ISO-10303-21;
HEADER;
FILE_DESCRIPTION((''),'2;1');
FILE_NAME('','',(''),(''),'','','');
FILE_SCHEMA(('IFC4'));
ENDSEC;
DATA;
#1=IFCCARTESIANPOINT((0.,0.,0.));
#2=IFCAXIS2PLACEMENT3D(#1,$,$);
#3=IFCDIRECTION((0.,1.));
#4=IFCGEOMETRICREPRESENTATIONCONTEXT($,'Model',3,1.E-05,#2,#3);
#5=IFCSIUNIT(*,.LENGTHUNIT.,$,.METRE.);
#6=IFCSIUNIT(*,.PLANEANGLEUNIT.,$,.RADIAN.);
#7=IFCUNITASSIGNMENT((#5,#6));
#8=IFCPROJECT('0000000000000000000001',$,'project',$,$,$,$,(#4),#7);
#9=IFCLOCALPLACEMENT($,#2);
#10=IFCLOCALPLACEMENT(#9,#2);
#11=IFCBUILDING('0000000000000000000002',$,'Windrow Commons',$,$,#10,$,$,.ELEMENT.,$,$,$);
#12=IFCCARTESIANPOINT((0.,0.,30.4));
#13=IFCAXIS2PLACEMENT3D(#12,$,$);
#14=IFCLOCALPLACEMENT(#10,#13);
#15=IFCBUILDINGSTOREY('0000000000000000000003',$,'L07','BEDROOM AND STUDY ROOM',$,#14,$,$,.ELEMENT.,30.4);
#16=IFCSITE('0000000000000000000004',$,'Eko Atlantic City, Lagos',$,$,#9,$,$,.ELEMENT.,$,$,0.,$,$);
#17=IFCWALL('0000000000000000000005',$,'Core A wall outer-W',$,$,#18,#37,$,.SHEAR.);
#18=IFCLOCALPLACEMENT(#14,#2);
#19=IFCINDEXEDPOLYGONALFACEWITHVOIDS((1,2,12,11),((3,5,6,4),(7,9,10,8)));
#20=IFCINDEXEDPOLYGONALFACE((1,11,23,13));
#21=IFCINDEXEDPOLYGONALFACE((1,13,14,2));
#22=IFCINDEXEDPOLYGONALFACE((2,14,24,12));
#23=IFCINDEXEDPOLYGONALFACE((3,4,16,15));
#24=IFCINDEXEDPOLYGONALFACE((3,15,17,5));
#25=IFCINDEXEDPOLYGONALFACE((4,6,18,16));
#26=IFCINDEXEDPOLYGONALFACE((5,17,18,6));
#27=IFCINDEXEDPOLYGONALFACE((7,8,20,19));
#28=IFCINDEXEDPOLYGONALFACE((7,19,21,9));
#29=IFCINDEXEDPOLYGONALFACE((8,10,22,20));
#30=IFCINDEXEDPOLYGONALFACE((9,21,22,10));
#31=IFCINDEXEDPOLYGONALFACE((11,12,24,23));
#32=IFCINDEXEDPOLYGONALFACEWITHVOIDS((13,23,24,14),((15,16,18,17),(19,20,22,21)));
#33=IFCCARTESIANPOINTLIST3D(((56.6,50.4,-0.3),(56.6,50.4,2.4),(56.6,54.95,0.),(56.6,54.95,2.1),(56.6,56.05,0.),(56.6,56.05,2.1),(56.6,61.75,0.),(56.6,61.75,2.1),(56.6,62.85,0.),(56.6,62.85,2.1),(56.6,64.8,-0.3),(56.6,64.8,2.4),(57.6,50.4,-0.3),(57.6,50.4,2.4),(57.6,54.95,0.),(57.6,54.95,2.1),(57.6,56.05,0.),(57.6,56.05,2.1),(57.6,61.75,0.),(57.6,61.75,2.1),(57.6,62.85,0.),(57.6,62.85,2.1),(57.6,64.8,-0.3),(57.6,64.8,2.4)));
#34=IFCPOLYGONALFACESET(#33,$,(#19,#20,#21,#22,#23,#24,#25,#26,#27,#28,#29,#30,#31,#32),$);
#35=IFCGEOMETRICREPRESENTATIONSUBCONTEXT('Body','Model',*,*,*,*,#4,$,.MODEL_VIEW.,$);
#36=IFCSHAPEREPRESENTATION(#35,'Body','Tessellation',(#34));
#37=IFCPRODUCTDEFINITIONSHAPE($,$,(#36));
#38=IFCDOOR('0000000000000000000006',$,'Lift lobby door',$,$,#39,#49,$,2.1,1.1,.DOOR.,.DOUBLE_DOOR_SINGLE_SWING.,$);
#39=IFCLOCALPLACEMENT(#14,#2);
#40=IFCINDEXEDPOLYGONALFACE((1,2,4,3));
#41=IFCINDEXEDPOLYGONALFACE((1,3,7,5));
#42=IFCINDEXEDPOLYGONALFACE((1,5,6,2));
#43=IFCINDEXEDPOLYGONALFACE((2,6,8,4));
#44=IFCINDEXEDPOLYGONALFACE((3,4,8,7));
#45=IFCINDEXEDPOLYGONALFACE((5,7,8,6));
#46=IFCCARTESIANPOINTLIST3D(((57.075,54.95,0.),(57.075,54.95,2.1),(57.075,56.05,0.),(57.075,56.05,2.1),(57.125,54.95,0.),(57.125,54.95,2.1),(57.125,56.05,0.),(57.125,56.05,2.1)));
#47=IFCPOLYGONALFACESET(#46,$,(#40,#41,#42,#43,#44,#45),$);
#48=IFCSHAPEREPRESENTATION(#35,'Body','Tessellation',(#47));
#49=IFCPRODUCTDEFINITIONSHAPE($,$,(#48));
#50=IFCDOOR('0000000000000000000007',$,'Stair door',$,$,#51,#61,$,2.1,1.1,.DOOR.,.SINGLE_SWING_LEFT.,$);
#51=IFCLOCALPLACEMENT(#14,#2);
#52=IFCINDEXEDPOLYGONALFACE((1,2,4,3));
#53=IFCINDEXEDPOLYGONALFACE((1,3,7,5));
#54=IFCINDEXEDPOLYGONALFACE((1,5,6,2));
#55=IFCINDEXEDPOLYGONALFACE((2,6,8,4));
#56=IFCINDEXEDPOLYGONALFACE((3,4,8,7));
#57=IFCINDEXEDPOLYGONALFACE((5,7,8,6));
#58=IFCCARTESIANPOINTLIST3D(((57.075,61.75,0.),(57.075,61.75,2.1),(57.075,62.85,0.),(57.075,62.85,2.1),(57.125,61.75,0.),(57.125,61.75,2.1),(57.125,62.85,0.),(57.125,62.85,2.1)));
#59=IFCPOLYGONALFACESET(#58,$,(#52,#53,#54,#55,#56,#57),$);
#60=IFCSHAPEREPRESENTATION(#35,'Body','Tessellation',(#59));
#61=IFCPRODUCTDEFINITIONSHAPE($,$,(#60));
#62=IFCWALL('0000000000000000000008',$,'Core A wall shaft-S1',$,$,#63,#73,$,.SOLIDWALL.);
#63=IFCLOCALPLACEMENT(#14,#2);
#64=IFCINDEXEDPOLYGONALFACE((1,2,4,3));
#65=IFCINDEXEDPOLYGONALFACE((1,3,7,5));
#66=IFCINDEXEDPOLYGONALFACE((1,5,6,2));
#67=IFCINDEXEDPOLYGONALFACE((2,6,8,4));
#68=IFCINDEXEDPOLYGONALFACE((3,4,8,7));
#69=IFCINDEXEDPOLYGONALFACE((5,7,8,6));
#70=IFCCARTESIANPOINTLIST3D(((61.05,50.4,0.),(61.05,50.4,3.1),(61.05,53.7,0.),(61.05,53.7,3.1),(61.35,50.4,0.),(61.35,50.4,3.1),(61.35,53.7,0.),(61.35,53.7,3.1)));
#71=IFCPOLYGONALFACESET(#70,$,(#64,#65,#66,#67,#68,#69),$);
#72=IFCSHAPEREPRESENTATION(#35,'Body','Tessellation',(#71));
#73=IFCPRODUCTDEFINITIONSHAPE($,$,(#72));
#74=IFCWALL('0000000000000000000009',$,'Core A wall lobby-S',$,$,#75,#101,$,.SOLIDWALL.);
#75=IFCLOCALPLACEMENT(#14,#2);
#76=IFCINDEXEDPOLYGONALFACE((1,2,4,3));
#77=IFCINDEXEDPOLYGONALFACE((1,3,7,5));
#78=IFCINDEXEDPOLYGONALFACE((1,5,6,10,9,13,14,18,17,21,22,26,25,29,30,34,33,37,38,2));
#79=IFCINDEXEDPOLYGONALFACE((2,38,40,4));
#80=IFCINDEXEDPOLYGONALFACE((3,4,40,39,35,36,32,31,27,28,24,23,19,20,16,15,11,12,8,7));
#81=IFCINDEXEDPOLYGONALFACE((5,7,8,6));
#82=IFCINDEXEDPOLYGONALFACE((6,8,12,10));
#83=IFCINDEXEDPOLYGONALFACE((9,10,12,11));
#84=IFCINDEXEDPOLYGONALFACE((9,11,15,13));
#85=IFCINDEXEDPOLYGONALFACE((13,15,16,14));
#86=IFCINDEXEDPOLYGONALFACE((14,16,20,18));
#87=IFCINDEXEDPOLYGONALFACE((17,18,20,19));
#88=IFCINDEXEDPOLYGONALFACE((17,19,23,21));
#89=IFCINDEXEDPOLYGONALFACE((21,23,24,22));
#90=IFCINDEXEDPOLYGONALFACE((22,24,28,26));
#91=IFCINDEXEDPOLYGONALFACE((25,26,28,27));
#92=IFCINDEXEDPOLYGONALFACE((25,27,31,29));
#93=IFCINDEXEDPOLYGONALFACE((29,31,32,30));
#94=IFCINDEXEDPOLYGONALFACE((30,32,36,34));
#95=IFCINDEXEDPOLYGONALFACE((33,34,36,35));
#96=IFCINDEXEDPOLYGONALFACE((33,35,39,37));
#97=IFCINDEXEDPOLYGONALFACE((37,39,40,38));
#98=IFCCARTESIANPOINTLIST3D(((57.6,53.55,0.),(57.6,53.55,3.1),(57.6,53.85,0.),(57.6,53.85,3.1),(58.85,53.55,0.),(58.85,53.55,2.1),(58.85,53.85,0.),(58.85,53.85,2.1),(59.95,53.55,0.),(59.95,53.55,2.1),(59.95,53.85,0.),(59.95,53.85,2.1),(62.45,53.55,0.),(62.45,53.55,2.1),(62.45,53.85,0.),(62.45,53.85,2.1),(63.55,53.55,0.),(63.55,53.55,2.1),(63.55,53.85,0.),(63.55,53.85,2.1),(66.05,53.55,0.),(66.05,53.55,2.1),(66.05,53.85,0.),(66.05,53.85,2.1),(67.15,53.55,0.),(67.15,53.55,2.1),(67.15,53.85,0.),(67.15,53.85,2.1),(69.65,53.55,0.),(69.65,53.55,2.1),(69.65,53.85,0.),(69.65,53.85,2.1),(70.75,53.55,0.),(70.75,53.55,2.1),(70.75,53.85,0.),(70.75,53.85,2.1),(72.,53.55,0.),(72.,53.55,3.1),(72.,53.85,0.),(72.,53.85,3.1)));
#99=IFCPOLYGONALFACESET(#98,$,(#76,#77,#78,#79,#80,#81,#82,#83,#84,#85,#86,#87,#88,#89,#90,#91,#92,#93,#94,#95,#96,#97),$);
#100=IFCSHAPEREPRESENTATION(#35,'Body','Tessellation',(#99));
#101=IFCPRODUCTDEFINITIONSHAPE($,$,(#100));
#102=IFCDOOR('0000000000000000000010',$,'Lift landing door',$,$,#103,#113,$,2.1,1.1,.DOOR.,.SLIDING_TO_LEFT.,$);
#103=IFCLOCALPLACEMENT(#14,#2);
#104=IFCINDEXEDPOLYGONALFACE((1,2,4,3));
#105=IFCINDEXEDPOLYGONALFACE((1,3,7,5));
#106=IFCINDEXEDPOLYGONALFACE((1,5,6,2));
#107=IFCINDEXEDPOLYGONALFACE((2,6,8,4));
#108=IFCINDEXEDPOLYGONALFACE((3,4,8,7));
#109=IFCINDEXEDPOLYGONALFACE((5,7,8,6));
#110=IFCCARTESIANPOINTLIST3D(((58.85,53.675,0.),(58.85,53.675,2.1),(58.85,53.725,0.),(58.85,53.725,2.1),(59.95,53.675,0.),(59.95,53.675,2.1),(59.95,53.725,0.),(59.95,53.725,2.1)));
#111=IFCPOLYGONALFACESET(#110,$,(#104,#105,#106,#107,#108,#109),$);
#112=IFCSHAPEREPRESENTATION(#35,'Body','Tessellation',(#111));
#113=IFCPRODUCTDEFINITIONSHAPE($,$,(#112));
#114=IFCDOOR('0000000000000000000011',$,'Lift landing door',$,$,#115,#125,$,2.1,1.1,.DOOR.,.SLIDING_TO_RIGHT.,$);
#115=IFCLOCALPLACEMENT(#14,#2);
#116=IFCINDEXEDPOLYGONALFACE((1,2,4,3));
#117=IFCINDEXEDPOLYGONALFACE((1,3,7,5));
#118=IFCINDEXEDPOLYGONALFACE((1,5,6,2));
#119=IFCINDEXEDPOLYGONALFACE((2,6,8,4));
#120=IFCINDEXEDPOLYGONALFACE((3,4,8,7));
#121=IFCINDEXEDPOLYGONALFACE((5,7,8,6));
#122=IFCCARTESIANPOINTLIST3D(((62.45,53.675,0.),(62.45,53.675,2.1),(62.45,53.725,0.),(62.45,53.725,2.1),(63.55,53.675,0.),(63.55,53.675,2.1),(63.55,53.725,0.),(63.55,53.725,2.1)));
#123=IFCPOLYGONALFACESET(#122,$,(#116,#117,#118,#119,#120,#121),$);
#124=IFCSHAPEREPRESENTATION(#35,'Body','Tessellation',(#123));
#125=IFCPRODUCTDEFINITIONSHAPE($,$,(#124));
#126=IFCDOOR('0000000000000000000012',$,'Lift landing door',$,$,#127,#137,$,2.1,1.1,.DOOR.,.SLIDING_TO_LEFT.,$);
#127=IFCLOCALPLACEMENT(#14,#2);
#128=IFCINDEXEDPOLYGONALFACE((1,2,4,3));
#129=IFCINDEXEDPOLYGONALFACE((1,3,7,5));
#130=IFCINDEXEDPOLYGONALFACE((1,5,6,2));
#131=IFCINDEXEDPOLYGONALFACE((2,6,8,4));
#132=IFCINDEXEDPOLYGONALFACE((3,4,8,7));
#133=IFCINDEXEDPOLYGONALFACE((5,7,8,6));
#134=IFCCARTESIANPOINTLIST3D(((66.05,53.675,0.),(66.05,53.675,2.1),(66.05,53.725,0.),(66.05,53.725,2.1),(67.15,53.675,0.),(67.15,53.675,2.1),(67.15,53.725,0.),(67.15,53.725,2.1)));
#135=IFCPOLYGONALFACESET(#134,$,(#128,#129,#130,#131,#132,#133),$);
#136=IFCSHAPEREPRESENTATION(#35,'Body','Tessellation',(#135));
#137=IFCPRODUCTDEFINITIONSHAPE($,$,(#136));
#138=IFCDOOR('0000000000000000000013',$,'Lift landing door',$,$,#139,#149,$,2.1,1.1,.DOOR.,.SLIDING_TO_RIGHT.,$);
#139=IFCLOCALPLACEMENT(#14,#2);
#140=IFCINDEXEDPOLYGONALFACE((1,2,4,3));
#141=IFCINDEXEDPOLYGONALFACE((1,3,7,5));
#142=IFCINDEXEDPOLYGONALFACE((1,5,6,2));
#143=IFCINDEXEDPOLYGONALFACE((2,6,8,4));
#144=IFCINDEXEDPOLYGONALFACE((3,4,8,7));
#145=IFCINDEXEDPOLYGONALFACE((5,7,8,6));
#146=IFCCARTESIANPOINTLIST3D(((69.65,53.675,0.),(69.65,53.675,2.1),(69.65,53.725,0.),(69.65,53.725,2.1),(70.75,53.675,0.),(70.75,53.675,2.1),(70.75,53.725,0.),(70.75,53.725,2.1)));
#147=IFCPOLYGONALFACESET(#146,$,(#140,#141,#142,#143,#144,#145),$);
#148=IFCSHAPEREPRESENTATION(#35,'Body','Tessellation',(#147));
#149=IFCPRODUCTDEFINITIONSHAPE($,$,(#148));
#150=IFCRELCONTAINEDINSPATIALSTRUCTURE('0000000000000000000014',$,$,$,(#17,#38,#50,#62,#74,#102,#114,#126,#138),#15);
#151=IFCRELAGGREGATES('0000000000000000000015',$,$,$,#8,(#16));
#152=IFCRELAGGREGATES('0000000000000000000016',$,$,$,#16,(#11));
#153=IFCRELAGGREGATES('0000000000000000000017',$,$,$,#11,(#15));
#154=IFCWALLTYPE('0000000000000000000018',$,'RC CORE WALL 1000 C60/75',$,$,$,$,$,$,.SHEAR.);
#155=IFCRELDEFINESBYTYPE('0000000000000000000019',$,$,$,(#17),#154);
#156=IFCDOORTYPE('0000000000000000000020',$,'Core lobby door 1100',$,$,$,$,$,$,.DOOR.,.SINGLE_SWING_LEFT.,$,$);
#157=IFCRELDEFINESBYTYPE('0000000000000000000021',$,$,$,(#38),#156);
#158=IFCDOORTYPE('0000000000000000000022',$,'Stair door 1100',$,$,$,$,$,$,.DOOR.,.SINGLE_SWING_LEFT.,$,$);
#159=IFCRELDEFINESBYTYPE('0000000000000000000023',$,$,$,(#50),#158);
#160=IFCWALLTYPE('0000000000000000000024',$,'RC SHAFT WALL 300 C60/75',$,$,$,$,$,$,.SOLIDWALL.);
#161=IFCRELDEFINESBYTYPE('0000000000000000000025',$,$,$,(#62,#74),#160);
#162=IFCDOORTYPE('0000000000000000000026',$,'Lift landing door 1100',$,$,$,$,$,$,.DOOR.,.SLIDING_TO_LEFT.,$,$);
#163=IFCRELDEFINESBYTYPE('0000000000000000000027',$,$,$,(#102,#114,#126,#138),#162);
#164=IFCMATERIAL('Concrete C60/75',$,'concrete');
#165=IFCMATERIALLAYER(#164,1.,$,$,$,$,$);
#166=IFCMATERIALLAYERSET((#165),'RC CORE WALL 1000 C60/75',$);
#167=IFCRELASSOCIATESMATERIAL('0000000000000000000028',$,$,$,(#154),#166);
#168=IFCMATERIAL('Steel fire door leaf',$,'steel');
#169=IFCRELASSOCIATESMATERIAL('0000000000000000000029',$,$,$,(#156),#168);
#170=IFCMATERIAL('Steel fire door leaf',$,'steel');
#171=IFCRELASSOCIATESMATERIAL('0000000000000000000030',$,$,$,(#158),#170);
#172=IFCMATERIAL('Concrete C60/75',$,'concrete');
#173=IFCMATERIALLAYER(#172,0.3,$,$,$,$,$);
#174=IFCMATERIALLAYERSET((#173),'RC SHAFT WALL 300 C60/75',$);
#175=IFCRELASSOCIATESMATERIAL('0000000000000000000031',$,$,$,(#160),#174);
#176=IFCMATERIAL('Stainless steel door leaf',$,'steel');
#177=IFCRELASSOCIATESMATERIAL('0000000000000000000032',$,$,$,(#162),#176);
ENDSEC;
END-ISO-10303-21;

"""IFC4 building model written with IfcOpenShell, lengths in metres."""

from ifc_helpers import new_model, si_unit, direction, frame, frame_2d, origin, place, context, subcontext, project, spatial, rectangle, extrude, material, layer, layer_set, type_object, element, fill, save


model = new_model("IFC4")

# Units and contexts
model_context = context("Model", 3, precision=1e-05, world=origin(), true_north=direction((0.0, 1.0)))
body_context = subcontext(model_context, "Body", "Model", "MODEL_VIEW")
ifc_project = project(units=[si_unit("LENGTHUNIT", "METRE"), si_unit("PLANEANGLEUNIT", "RADIAN")], contexts=[model_context])

# Site, building, storey
site_placement = place(None, origin())
site = spatial("IfcSite", under=ifc_project, at=site_placement, Name="Eko Atlantic City, Lagos", CompositionType="ELEMENT", RefElevation=0.0)
building_placement = place(site_placement, origin())
building = spatial("IfcBuilding", under=site, at=building_placement, Name="Windrow Commons", CompositionType="ELEMENT")
storey_placement = place(building_placement, frame((0.0, 0.0, 30.4)))
storey = spatial("IfcBuildingStorey", under=building, at=storey_placement, Name="L07", Description="BEDROOM AND STUDY ROOM", CompositionType="ELEMENT", Elevation=30.4)

# Shared definitions
ifc_material_1 = material(Name="Concrete C60/75", Category="concrete")
ifc_layer_1 = layer(ifc_material_1, 1.0)
ifc_layer_set_1 = layer_set([ifc_layer_1], Name="RC CORE WALL 1000 C60/75")
wall_type_1 = type_object("IfcWallType", Name="RC CORE WALL 1000 C60/75", PredefinedType="SHEAR", material=ifc_layer_set_1)

# Wall, openings, doors
wall_1_placement = place(storey_placement, frame((57.1, 50.4, -0.3), z_axis=(0.0, 0.0, 1.0), x_axis=(0.0, 1.0, 0.0)))
wall_1 = element("IfcWall", 1, at=wall_1_placement, inside=storey, type_object=wall_type_1, Name="Core A wall outer-W", PredefinedType="SHEAR", context=body_context, shape_type="SweptSolid", body=[
    extrude(rectangle(XDim=14.4, YDim=1.0, at=frame_2d((7.2, 0.0))), origin(), (0.0, 0.0, 1.0), 2.7),
])
opening_1_placement = place(wall_1_placement, frame((4.55, 0.0, 0.3)))
opening_1 = element("IfcOpeningElement", 2, at=opening_1_placement, cuts=wall_1, PredefinedType="OPENING", context=body_context, shape_type="SweptSolid", body=[
    extrude(rectangle(XDim=1.1, YDim=2.1, at=frame_2d((0.55, 1.05))), frame((0.0, 0.51, 0.0), z_axis=(0.0, -1.0, 0.0), x_axis=(1.0, 0.0, 0.0)), (0.0, 0.0, 1.0), 1.02),
])
opening_2_placement = place(wall_1_placement, frame((11.35, 0.0, 0.3)))
opening_2 = element("IfcOpeningElement", 3, at=opening_2_placement, cuts=wall_1, PredefinedType="OPENING", context=body_context, shape_type="SweptSolid", body=[
    extrude(rectangle(XDim=1.1, YDim=2.1, at=frame_2d((0.55, 1.05))), frame((0.0, 0.51, 0.0), z_axis=(0.0, -1.0, 0.0), x_axis=(1.0, 0.0, 0.0)), (0.0, 0.0, 1.0), 1.02),
])
ifc_material_2 = material(Name="Steel fire door leaf", Category="steel")
door_type_1 = type_object("IfcDoorType", Name="Core lobby door 1100", OperationType="SINGLE_SWING_LEFT", PredefinedType="DOOR", material=ifc_material_2)
door_1_placement = place(opening_1_placement, origin())
door_1 = element("IfcDoor", 4, at=door_1_placement, inside=storey, type_object=door_type_1, Name="Lift lobby door", OperationType="DOUBLE_DOOR_SINGLE_SWING", OverallHeight=2.1, OverallWidth=1.1, PredefinedType="DOOR", context=body_context, shape_type="SweptSolid", body=[
    extrude(rectangle(XDim=1.1, YDim=2.1, at=frame_2d((0.55, 1.05))), frame((0.0, 0.025, 0.0), z_axis=(0.0, -1.0, 0.0), x_axis=(1.0, 0.0, 0.0)), (0.0, 0.0, 1.0), 0.05),
])
fill(opening_1, door_1)
ifc_material_3 = material(Name="Steel fire door leaf", Category="steel")
door_type_2 = type_object("IfcDoorType", Name="Stair door 1100", OperationType="SINGLE_SWING_LEFT", PredefinedType="DOOR", material=ifc_material_3)
door_2_placement = place(opening_2_placement, origin())
door_2 = element("IfcDoor", 5, at=door_2_placement, inside=storey, type_object=door_type_2, Name="Stair door", OperationType="SINGLE_SWING_LEFT", OverallHeight=2.1, OverallWidth=1.1, PredefinedType="DOOR", context=body_context, shape_type="SweptSolid", body=[
    extrude(rectangle(XDim=1.1, YDim=2.1, at=frame_2d((0.55, 1.05))), frame((0.0, 0.025, 0.0), z_axis=(0.0, -1.0, 0.0), x_axis=(1.0, 0.0, 0.0)), (0.0, 0.0, 1.0), 0.05),
])
fill(opening_2, door_2)

# Wall
ifc_material_4 = material(Name="Concrete C60/75", Category="concrete")
ifc_layer_2 = layer(ifc_material_4, 0.3)
ifc_layer_set_2 = layer_set([ifc_layer_2], Name="RC SHAFT WALL 300 C60/75")
wall_type_2 = type_object("IfcWallType", Name="RC SHAFT WALL 300 C60/75", PredefinedType="SOLIDWALL", material=ifc_layer_set_2)
wall_2_placement = place(storey_placement, frame((61.2, 50.4, 0.0), z_axis=(0.0, 0.0, 1.0), x_axis=(0.0, 1.0, 0.0)))
element("IfcWall", 6, at=wall_2_placement, inside=storey, type_object=wall_type_2, Name="Core A wall shaft-S1", PredefinedType="SOLIDWALL", context=body_context, shape_type="SweptSolid", body=[
    extrude(rectangle(XDim=3.3, YDim=0.3, at=frame_2d((1.65, 0.0))), origin(), (0.0, 0.0, 1.0), 3.1),
])

# Wall, openings, doors
wall_3_placement = place(storey_placement, frame((57.6, 53.7, 0.0), z_axis=(0.0, 0.0, 1.0), x_axis=(1.0, 0.0, 0.0)))
wall_3 = element("IfcWall", 7, at=wall_3_placement, inside=storey, type_object=wall_type_2, Name="Core A wall lobby-S", PredefinedType="SOLIDWALL", context=body_context, shape_type="SweptSolid", body=[
    extrude(rectangle(XDim=14.4, YDim=0.3, at=frame_2d((7.2, 0.0))), origin(), (0.0, 0.0, 1.0), 3.1),
])
opening_3_placement = place(wall_3_placement, frame((1.25, 0.0, 0.0)))
opening_3 = element("IfcOpeningElement", 8, at=opening_3_placement, cuts=wall_3, PredefinedType="OPENING", context=body_context, shape_type="SweptSolid", body=[
    extrude(rectangle(XDim=1.1, YDim=2.1, at=frame_2d((0.55, 1.05))), frame((0.0, 0.16, 0.0), z_axis=(0.0, -1.0, 0.0), x_axis=(1.0, 0.0, 0.0)), (0.0, 0.0, 1.0), 0.32),
])
opening_4_placement = place(wall_3_placement, frame((4.85, 0.0, 0.0)))
opening_4 = element("IfcOpeningElement", 9, at=opening_4_placement, cuts=wall_3, PredefinedType="OPENING", context=body_context, shape_type="SweptSolid", body=[
    extrude(rectangle(XDim=1.1, YDim=2.1, at=frame_2d((0.55, 1.05))), frame((0.0, 0.16, 0.0), z_axis=(0.0, -1.0, 0.0), x_axis=(1.0, 0.0, 0.0)), (0.0, 0.0, 1.0), 0.32),
])
opening_5_placement = place(wall_3_placement, frame((8.45, 0.0, 0.0)))
opening_5 = element("IfcOpeningElement", 10, at=opening_5_placement, cuts=wall_3, PredefinedType="OPENING", context=body_context, shape_type="SweptSolid", body=[
    extrude(rectangle(XDim=1.1, YDim=2.1, at=frame_2d((0.55, 1.05))), frame((0.0, 0.16, 0.0), z_axis=(0.0, -1.0, 0.0), x_axis=(1.0, 0.0, 0.0)), (0.0, 0.0, 1.0), 0.32),
])
opening_6_placement = place(wall_3_placement, frame((12.05, 0.0, 0.0)))
opening_6 = element("IfcOpeningElement", 11, at=opening_6_placement, cuts=wall_3, PredefinedType="OPENING", context=body_context, shape_type="SweptSolid", body=[
    extrude(rectangle(XDim=1.1, YDim=2.1, at=frame_2d((0.55, 1.05))), frame((0.0, 0.16, 0.0), z_axis=(0.0, -1.0, 0.0), x_axis=(1.0, 0.0, 0.0)), (0.0, 0.0, 1.0), 0.32),
])
ifc_material_5 = material(Name="Stainless steel door leaf", Category="steel")
door_type_3 = type_object("IfcDoorType", Name="Lift landing door 1100", OperationType="SLIDING_TO_LEFT", PredefinedType="DOOR", material=ifc_material_5)
door_3_placement = place(opening_3_placement, origin())
door_3 = element("IfcDoor", 12, at=door_3_placement, inside=storey, type_object=door_type_3, Name="Lift landing door", OperationType="SLIDING_TO_LEFT", OverallHeight=2.1, OverallWidth=1.1, PredefinedType="DOOR", context=body_context, shape_type="SweptSolid", body=[
    extrude(rectangle(XDim=1.1, YDim=2.1, at=frame_2d((0.55, 1.05))), frame((0.0, 0.025, 0.0), z_axis=(0.0, -1.0, 0.0), x_axis=(1.0, 0.0, 0.0)), (0.0, 0.0, 1.0), 0.05),
])
fill(opening_3, door_3)
door_4_placement = place(opening_4_placement, origin())
door_4 = element("IfcDoor", 13, at=door_4_placement, inside=storey, type_object=door_type_3, Name="Lift landing door", OperationType="SLIDING_TO_RIGHT", OverallHeight=2.1, OverallWidth=1.1, PredefinedType="DOOR", context=body_context, shape_type="SweptSolid", body=[
    extrude(rectangle(XDim=1.1, YDim=2.1, at=frame_2d((0.55, 1.05))), frame((0.0, 0.025, 0.0), z_axis=(0.0, -1.0, 0.0), x_axis=(1.0, 0.0, 0.0)), (0.0, 0.0, 1.0), 0.05),
])
fill(opening_4, door_4)
door_5_placement = place(opening_5_placement, origin())
door_5 = element("IfcDoor", 14, at=door_5_placement, inside=storey, type_object=door_type_3, Name="Lift landing door", OperationType="SLIDING_TO_LEFT", OverallHeight=2.1, OverallWidth=1.1, PredefinedType="DOOR", context=body_context, shape_type="SweptSolid", body=[
    extrude(rectangle(XDim=1.1, YDim=2.1, at=frame_2d((0.55, 1.05))), frame((0.0, 0.025, 0.0), z_axis=(0.0, -1.0, 0.0), x_axis=(1.0, 0.0, 0.0)), (0.0, 0.0, 1.0), 0.05),
])
fill(opening_5, door_5)
door_6_placement = place(opening_6_placement, origin())
door_6 = element("IfcDoor", 15, at=door_6_placement, inside=storey, type_object=door_type_3, Name="Lift landing door", OperationType="SLIDING_TO_RIGHT", OverallHeight=2.1, OverallWidth=1.1, PredefinedType="DOOR", context=body_context, shape_type="SweptSolid", body=[
    extrude(rectangle(XDim=1.1, YDim=2.1, at=frame_2d((0.55, 1.05))), frame((0.0, 0.025, 0.0), z_axis=(0.0, -1.0, 0.0), x_axis=(1.0, 0.0, 0.0)), (0.0, 0.0, 1.0), 0.05),
])
fill(opening_6, door_6)

save(model, "model.ifc")
